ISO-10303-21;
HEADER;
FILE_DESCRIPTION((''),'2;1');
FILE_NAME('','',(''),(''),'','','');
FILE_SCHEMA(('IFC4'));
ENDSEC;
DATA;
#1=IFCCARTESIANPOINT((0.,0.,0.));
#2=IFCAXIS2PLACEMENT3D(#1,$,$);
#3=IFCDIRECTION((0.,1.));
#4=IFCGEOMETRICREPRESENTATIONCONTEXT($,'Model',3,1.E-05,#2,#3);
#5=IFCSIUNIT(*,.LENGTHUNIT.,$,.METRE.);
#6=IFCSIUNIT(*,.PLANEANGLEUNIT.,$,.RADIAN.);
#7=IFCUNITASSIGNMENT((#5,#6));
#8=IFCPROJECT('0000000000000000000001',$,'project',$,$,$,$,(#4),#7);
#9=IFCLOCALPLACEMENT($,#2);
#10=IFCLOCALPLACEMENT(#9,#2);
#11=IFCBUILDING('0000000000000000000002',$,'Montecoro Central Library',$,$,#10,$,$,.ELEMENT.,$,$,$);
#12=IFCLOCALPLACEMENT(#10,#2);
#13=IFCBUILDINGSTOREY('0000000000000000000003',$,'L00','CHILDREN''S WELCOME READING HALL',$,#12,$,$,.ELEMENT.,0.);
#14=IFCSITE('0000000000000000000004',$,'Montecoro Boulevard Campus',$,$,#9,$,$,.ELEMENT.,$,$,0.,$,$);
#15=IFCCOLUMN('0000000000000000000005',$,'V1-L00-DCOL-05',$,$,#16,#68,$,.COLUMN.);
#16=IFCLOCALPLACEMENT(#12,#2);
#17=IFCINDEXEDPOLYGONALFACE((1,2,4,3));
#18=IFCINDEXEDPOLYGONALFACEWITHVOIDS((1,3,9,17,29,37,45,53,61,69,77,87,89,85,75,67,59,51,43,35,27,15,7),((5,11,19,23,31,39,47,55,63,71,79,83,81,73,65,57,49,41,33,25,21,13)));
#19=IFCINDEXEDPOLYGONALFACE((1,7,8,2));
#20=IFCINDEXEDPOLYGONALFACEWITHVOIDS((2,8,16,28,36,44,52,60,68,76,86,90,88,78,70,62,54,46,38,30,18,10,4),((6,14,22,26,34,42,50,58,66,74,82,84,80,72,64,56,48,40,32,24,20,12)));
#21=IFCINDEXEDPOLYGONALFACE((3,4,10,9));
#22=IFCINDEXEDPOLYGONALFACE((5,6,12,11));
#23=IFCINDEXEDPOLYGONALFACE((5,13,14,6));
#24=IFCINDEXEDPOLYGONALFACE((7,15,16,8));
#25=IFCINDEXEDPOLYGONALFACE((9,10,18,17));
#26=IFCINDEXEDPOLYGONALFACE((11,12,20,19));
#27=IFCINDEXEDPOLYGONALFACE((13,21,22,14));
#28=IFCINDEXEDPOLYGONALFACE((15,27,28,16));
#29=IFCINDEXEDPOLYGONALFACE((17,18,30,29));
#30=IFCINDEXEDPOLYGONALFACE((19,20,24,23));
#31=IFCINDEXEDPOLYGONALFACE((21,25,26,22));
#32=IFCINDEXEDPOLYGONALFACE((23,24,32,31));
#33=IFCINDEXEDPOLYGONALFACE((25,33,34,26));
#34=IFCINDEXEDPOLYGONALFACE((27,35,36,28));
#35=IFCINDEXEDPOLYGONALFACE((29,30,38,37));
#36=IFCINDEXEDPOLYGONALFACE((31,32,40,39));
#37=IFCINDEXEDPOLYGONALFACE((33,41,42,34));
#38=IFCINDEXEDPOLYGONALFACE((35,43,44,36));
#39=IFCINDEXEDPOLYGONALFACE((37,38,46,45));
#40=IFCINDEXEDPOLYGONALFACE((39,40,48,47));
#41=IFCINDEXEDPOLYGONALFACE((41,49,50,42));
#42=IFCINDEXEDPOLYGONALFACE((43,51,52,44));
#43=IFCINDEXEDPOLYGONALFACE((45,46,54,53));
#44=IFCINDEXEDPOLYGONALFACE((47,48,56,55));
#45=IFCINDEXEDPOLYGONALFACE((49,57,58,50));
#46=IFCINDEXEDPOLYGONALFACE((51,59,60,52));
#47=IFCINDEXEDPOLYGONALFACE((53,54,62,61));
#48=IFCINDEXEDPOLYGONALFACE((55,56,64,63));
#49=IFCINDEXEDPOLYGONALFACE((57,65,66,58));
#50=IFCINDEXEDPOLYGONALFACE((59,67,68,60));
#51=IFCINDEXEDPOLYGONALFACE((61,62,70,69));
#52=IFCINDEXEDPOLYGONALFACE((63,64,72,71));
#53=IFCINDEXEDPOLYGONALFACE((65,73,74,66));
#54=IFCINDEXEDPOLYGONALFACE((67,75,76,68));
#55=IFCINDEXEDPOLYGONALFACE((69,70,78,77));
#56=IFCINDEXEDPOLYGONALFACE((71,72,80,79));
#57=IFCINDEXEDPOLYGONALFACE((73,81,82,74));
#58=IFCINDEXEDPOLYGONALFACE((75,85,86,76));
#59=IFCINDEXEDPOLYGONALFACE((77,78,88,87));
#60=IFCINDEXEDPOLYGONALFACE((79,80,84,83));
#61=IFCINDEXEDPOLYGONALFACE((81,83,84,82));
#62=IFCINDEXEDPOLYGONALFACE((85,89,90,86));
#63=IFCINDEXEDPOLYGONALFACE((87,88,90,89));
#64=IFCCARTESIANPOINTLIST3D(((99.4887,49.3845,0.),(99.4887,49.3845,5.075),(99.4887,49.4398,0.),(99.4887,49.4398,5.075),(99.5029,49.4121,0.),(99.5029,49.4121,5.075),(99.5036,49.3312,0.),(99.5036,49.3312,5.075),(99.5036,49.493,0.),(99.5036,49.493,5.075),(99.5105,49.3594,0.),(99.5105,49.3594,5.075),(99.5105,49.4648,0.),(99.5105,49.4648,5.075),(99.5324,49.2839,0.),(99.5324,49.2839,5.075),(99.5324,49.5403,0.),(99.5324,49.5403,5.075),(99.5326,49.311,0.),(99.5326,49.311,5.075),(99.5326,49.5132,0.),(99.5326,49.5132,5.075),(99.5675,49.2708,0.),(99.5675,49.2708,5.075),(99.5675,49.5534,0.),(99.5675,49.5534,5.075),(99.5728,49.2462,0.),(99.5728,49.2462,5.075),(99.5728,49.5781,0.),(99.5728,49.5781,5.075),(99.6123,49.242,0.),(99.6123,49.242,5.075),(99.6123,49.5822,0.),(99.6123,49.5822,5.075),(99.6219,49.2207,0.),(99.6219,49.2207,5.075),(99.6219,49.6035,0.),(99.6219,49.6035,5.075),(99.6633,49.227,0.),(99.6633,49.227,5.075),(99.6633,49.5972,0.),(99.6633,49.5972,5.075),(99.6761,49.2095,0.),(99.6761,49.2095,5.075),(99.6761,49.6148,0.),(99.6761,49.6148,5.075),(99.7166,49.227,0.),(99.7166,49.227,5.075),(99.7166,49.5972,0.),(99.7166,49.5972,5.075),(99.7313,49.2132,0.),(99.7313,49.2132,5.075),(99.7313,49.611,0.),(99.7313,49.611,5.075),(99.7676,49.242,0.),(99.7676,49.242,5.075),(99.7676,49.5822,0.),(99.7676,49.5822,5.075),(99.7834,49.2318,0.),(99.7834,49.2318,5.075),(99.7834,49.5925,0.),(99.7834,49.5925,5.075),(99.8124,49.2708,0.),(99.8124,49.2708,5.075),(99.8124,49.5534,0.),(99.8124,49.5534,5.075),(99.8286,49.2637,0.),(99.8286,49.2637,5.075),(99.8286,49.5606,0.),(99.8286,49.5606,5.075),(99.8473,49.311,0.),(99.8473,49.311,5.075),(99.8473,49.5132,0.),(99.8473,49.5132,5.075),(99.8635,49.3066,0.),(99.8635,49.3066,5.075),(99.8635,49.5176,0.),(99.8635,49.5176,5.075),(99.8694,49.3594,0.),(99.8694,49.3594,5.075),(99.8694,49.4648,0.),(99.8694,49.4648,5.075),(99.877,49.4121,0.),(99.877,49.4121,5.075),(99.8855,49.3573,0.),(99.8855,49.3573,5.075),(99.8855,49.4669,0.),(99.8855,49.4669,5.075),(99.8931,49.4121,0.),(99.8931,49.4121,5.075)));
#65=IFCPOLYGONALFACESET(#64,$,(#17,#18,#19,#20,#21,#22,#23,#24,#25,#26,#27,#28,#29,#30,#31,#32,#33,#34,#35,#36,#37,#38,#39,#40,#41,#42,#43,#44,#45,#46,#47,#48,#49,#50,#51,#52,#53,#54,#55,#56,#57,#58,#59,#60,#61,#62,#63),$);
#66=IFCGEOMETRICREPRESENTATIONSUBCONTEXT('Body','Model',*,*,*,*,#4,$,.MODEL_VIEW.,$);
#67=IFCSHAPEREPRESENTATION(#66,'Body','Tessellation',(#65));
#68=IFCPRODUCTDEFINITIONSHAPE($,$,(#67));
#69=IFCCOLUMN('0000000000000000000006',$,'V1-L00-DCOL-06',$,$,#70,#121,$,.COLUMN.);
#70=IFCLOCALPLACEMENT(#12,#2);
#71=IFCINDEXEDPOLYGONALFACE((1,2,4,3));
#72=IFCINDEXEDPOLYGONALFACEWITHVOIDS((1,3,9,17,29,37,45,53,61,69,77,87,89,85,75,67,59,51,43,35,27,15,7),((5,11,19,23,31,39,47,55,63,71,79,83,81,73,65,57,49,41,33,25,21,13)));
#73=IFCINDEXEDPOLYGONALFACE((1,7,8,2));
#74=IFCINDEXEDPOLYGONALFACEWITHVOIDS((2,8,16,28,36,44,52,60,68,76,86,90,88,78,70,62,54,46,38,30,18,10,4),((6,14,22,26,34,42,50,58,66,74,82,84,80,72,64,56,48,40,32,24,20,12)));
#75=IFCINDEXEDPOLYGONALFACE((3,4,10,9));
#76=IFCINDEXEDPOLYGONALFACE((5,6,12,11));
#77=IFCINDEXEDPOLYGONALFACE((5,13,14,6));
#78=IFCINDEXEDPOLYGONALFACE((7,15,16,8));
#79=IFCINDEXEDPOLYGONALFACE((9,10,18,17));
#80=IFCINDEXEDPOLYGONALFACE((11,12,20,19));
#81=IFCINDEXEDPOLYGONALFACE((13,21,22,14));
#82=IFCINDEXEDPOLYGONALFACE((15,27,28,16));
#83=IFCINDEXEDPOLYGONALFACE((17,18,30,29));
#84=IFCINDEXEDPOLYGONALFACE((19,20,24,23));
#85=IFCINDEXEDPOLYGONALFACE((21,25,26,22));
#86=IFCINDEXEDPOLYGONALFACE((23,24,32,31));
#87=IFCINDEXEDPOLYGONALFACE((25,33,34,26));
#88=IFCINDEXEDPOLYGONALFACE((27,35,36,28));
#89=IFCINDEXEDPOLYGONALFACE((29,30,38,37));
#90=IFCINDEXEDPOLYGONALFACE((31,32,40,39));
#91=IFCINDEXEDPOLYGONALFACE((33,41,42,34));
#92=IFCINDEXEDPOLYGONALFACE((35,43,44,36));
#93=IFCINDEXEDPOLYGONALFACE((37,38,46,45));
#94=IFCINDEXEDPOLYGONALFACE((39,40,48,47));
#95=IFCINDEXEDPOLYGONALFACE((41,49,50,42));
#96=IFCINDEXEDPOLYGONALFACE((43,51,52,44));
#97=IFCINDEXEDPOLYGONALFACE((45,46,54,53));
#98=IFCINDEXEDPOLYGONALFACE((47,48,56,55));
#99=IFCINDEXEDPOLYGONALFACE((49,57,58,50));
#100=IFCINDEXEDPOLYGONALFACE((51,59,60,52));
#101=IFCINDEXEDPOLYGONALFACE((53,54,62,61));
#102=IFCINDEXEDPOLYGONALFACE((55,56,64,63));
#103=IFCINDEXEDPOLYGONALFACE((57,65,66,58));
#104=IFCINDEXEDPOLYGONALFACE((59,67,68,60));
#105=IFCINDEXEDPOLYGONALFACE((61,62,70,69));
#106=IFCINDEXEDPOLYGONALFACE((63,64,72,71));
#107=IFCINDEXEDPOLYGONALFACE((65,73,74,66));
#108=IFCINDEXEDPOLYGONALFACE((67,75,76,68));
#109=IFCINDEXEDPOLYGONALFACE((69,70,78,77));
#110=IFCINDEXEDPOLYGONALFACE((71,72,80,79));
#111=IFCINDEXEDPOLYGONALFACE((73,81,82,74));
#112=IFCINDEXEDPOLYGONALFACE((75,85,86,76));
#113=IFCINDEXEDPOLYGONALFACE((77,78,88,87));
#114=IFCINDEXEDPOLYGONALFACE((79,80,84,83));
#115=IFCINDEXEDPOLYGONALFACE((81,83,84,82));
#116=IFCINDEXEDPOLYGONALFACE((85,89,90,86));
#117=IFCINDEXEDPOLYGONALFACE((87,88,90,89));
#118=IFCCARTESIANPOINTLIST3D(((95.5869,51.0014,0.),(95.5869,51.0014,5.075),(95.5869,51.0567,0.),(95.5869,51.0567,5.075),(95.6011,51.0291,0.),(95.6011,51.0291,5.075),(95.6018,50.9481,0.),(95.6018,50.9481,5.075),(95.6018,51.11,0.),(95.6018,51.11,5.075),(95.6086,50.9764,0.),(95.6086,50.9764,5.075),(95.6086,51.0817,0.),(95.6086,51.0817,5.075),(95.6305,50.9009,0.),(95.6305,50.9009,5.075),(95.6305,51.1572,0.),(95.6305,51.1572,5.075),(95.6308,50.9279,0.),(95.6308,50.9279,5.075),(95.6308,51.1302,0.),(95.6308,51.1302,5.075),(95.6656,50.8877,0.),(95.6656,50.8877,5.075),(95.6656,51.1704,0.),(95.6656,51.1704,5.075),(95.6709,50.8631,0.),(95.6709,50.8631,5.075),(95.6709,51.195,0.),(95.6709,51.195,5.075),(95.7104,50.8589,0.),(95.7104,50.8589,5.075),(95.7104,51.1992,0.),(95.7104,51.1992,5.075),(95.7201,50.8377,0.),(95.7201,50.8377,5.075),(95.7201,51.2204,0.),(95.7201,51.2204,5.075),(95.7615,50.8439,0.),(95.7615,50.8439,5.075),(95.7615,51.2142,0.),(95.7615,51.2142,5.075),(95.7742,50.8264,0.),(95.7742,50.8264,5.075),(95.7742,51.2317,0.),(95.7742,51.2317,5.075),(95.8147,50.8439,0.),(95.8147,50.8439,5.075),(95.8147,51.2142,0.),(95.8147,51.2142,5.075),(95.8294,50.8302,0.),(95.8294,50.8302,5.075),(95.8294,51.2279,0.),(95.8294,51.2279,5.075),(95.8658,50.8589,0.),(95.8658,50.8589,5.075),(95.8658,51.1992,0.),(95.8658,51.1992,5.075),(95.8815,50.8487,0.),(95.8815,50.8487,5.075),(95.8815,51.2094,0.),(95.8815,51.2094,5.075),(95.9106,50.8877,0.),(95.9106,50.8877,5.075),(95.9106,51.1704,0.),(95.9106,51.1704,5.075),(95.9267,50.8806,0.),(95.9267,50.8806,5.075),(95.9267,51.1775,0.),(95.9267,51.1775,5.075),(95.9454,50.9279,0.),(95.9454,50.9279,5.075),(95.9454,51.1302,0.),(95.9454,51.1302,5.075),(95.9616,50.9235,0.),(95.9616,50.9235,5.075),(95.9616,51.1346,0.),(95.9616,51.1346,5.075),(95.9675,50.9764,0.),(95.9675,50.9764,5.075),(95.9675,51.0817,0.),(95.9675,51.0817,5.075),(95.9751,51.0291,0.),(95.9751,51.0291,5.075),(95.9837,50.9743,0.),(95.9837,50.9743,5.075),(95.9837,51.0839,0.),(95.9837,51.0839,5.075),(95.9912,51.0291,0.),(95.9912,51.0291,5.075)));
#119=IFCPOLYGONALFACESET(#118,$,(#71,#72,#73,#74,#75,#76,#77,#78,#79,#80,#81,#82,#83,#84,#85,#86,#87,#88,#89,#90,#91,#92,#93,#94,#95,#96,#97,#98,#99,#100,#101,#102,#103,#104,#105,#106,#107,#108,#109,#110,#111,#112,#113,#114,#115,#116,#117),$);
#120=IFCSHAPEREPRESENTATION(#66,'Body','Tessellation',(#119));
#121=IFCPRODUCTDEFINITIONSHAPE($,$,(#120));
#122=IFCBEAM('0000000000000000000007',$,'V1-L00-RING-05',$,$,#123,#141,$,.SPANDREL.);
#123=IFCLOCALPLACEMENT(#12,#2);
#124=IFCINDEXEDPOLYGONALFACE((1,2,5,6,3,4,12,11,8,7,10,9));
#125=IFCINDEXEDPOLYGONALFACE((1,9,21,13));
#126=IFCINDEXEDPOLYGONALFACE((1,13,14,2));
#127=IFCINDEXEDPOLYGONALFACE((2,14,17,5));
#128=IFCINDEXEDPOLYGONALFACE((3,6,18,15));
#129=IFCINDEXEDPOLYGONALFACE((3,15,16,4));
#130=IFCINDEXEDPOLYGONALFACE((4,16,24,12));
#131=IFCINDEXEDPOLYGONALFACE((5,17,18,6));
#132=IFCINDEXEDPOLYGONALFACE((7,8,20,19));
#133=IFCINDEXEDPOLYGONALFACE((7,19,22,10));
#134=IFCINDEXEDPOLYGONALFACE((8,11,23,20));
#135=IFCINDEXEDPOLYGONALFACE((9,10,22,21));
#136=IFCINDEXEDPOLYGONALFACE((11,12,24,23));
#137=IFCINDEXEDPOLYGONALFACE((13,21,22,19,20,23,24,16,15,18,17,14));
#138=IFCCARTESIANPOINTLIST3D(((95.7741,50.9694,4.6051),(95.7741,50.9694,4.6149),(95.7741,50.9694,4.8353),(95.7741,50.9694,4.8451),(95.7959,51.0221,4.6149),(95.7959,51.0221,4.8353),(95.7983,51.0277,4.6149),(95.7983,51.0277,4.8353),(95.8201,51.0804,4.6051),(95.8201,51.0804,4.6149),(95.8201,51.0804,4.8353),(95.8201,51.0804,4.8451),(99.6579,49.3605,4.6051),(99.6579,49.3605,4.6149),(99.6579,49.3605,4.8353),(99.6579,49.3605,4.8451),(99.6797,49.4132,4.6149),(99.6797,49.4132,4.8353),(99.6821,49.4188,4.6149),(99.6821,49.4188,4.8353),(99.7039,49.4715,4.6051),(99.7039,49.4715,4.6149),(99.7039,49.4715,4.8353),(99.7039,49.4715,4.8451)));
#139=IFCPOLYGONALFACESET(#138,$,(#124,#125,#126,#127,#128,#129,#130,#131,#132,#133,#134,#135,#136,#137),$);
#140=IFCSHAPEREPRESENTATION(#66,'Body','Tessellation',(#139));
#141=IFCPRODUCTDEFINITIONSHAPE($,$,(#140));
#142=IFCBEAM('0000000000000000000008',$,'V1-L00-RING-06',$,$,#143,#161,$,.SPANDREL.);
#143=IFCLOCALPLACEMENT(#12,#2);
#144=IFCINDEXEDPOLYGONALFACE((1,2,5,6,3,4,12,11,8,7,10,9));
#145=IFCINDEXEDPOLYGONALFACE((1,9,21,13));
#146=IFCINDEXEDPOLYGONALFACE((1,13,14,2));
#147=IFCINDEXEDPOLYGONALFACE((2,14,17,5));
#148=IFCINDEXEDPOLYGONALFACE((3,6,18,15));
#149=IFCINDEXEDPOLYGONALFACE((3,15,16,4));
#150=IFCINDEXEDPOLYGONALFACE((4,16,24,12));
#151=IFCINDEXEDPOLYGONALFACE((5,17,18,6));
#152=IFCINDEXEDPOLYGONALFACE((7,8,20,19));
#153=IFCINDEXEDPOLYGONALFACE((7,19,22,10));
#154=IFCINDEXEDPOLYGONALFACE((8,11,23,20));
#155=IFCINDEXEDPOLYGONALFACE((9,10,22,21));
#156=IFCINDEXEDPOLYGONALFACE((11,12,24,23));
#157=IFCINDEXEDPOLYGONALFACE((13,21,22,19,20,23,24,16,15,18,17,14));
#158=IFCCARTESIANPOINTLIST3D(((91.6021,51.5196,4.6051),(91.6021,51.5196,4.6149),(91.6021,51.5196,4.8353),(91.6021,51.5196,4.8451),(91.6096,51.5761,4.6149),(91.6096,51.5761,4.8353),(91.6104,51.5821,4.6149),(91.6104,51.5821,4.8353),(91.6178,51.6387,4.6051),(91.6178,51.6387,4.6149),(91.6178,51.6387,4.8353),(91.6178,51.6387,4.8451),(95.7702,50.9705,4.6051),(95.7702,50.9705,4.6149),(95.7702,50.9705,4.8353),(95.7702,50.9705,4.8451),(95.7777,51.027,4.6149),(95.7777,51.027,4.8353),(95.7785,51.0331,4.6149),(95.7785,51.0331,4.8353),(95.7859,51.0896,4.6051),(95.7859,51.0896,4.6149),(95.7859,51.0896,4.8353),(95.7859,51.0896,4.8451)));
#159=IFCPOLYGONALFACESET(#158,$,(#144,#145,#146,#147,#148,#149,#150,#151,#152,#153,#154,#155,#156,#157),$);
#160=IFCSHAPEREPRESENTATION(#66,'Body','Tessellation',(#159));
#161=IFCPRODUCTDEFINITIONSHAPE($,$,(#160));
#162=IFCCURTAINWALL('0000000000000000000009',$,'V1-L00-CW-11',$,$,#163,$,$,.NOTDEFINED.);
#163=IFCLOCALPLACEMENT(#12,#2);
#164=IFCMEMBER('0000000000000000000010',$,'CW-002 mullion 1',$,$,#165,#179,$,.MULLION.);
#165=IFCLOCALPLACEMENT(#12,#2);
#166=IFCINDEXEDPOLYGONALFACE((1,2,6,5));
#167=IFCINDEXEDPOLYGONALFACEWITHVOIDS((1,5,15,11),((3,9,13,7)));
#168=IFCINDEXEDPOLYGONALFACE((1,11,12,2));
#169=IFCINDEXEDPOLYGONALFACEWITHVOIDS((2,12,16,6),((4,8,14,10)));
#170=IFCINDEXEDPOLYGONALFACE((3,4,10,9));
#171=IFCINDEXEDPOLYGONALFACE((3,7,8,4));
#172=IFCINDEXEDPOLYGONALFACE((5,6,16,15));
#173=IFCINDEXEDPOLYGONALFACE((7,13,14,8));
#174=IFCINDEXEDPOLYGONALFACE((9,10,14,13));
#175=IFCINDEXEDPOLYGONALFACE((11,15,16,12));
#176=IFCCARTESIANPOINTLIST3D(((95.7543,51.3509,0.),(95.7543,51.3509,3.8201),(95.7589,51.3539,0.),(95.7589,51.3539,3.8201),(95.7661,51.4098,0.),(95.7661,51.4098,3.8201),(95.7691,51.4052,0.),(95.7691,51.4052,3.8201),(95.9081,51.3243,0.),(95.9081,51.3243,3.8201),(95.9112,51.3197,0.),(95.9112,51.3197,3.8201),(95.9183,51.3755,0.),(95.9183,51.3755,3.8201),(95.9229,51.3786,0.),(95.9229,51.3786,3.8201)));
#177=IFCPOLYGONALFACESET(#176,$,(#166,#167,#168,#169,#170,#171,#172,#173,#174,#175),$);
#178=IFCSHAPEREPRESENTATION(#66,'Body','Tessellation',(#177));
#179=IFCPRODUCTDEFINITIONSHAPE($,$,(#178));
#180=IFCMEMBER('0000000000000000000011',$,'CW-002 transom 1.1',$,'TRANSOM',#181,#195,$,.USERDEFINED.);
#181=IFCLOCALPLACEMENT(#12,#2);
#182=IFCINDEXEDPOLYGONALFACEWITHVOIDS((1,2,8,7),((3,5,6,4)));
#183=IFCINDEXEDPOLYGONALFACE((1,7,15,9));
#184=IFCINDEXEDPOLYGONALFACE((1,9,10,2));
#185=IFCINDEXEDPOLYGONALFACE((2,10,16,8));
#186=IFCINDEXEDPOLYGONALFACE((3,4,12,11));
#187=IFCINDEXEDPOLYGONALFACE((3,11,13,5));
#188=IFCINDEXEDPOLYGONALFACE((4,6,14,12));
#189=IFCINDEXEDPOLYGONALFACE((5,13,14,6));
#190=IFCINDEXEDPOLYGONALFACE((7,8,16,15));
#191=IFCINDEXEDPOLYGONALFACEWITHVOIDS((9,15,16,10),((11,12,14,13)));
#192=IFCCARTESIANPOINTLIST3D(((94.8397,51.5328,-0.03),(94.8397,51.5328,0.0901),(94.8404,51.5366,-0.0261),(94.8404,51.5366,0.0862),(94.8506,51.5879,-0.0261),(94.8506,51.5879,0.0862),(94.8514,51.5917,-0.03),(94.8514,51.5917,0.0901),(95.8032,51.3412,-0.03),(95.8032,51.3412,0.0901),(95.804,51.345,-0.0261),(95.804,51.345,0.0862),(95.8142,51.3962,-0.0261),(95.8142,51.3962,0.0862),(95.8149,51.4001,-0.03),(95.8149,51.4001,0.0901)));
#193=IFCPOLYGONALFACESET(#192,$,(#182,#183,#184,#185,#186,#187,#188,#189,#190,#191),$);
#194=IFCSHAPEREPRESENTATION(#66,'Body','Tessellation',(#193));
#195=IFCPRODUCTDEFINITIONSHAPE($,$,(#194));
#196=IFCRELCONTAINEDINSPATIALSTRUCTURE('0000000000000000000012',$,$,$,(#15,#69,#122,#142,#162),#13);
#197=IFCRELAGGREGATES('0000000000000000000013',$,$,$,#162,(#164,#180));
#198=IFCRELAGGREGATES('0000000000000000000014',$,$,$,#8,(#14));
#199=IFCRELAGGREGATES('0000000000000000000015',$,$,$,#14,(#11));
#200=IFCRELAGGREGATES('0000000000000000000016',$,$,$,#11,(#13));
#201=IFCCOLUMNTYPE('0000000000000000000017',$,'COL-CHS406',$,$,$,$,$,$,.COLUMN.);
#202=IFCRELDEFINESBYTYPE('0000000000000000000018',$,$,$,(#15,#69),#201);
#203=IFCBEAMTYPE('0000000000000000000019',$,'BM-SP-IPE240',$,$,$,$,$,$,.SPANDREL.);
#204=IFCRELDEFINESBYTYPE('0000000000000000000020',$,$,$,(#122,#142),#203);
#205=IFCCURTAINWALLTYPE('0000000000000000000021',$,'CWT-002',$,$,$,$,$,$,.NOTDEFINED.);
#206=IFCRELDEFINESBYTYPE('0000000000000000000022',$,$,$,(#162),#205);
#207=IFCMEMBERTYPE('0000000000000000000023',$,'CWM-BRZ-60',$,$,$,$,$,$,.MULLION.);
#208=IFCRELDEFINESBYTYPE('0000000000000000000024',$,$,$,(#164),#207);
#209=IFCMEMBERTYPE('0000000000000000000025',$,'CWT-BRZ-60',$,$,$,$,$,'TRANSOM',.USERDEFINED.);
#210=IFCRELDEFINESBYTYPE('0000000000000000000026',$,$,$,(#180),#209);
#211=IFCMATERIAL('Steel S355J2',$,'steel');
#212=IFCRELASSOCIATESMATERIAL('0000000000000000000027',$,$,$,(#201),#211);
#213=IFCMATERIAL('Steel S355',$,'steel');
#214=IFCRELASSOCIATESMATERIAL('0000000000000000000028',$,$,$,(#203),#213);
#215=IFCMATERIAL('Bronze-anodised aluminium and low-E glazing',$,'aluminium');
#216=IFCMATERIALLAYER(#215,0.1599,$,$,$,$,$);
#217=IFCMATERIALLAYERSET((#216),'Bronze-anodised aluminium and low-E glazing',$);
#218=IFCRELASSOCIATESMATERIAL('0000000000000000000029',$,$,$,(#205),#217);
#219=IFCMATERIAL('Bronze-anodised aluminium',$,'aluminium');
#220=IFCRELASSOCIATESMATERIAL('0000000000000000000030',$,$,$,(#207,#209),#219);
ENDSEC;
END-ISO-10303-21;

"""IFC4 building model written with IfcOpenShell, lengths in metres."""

from ifc_helpers import new_model, si_unit, direction, frame, origin, origin_2d, place, context, subcontext, project, spatial, hollow_rectangle, hollow_circle, i_section, extrude, material, layer, layer_set, material_profile, profile_set, type_object, element, aggregate, save


model = new_model("IFC4")

# Units and contexts
model_context = context("Model", 3, precision=1e-05, world=origin(), true_north=direction((0.0, 1.0)))
body_context = subcontext(model_context, "Body", "Model", "MODEL_VIEW")
ifc_project = project(units=[si_unit("LENGTHUNIT", "METRE"), si_unit("PLANEANGLEUNIT", "RADIAN")], contexts=[model_context])

# Site, building, storey
site_placement = place(None, origin())
site = spatial("IfcSite", under=ifc_project, at=site_placement, Name="Montecoro Boulevard Campus", CompositionType="ELEMENT", RefElevation=0.0)
building_placement = place(site_placement, origin())
building = spatial("IfcBuilding", under=site, at=building_placement, Name="Montecoro Central Library", CompositionType="ELEMENT")
storey_placement = place(building_placement, origin())
storey = spatial("IfcBuildingStorey", under=building, at=storey_placement, Name="L00", Description="CHILDREN'S WELCOME READING HALL", CompositionType="ELEMENT", Elevation=0.0)

# Columns
ifc_material_1 = material(Name="Steel S355J2", Category="steel")
ifc_material_profile_1 = material_profile(ifc_material_1, hollow_circle(Radius=0.2031, WallThickness=0.0161, at=origin_2d()), Name="CHS 406.4x16.0")
ifc_profile_set_1 = profile_set([ifc_material_profile_1], Name="Steel S355J2")
column_type = type_object("IfcColumnType", Name="COL-CHS406", PredefinedType="COLUMN", material=ifc_profile_set_1)
for number, where, z_axis, x_axis, name in (
    (1, (99.6899, 49.4121, 0.0), (0.0, 0.0, 1.0), (1.0, 0.0, 0.0), "V1-L00-DCOL-05"),
    (2, (95.7881, 51.0291, 0.0), (0.0, 0.0, 1.0), (1.0, 0.0, 0.0), "V1-L00-DCOL-06"),
):
    element("IfcColumn", number, at=place(storey_placement, frame(where, z_axis=z_axis, x_axis=x_axis)), inside=storey, type_object=column_type, Name=name, PredefinedType="COLUMN", context=body_context, shape_type="SweptSolid", body=[
        extrude(hollow_circle(Radius=0.2031, WallThickness=0.0161, at=origin_2d()), origin(), (0.0, 0.0, 1.0), 5.075),
    ])

# Beams
ifc_material_2 = material(Name="Steel S355", Category="steel")
ifc_material_profile_2 = material_profile(ifc_material_2, i_section(OverallWidth=0.1201, OverallDepth=0.24, WebThickness=0.0061, FlangeThickness=0.0098, at=origin_2d()), Name="IPE 240")
ifc_profile_set_2 = profile_set([ifc_material_profile_2], Name="Steel S355")
beam_type = type_object("IfcBeamType", Name="BM-SP-IPE240", PredefinedType="SPANDREL", material=ifc_profile_set_2)
beam_1_placement = place(storey_placement, frame((99.6809, 49.416, 4.7251), z_axis=(-0.923865, 0.382718, 0.0), x_axis=(-0.382718, -0.923865, 0.0)))
element("IfcBeam", 3, at=beam_1_placement, inside=storey, type_object=beam_type, Name="V1-L00-RING-05", PredefinedType="SPANDREL", context=body_context, shape_type="SweptSolid", body=[
    extrude(i_section(OverallWidth=0.1201, OverallDepth=0.24, WebThickness=0.0061, FlangeThickness=0.0098, at=origin_2d()), origin(), (0.0, 0.0, 1.0), 4.2039),
])
beam_2_placement = place(storey_placement, frame((95.7781, 51.03, 4.7251), z_axis=(-0.991434, 0.130608, 0.0), x_axis=(-0.130608, -0.991434, 0.0)))
element("IfcBeam", 4, at=beam_2_placement, inside=storey, type_object=beam_type, Name="V1-L00-RING-06", PredefinedType="SPANDREL", context=body_context, shape_type="SweptSolid", body=[
    extrude(i_section(OverallWidth=0.1201, OverallDepth=0.24, WebThickness=0.0061, FlangeThickness=0.0098, at=origin_2d()), origin(), (0.0, 0.0, 1.0), 4.2041),
])

# Curtain wall, members
ifc_material_3 = material(Name="Bronze-anodised aluminium and low-E glazing", Category="aluminium")
ifc_layer_1 = layer(ifc_material_3, 0.1599)
ifc_layer_set_1 = layer_set([ifc_layer_1], Name="Bronze-anodised aluminium and low-E glazing")
curtain_wall_type = type_object("IfcCurtainWallType", Name="CWT-002", PredefinedType="NOTDEFINED", material=ifc_layer_set_1)
curtain_wall_placement = place(storey_placement, origin())
curtain_wall = element("IfcCurtainWall", 5, at=curtain_wall_placement, inside=storey, type_object=curtain_wall_type, Name="V1-L00-CW-11", PredefinedType="NOTDEFINED")
ifc_material_4 = material(Name="Bronze-anodised aluminium", Category="aluminium")
ifc_material_profile_3 = material_profile(ifc_material_4, hollow_rectangle(XDim=0.0601, YDim=0.1599, WallThickness=0.0039, at=origin_2d()), Name="CWM 160x60x4.0")
ifc_profile_set_3 = profile_set([ifc_material_profile_3], Name="Bronze-anodised aluminium")
member_type_1 = type_object("IfcMemberType", Name="CWM-BRZ-60", PredefinedType="MULLION", material=ifc_profile_set_3)
member_1_placement = place(storey_placement, frame((95.8386, 51.3647, 0.0), z_axis=(0.0, 0.0, 1.0), x_axis=(-0.194861, -0.980831, 0.0)))
member_1 = element("IfcMember", 6, at=member_1_placement, type_object=member_type_1, Name="CW-002 mullion 1", PredefinedType="MULLION", context=body_context, shape_type="SweptSolid", body=[
    extrude(hollow_rectangle(XDim=0.0601, YDim=0.1599, WallThickness=0.0039, at=origin_2d()), origin(), (0.0, 0.0, 1.0), 3.8201),
])
ifc_material_profile_4 = material_profile(ifc_material_4, hollow_rectangle(XDim=0.0601, YDim=0.1201, WallThickness=0.0039, at=origin_2d()), Name="CWT 120x60x4.0")
ifc_profile_set_4 = profile_set([ifc_material_profile_4], Name="Bronze-anodised aluminium")
member_type_2 = type_object("IfcMemberType", Name="CWT-BRZ-60", ElementType="TRANSOM", PredefinedType="USERDEFINED", material=ifc_profile_set_4)
member_2_placement = place(storey_placement, frame((95.8091, 51.3706, 0.03), z_axis=(-0.98079, 0.195065, 0.0), x_axis=(-0.195065, -0.98079, 0.0)))
member_2 = element("IfcMember", 7, at=member_2_placement, type_object=member_type_2, Name="CW-002 transom 1.1", ObjectType="TRANSOM", PredefinedType="USERDEFINED", context=body_context, shape_type="SweptSolid", body=[
    extrude(hollow_rectangle(XDim=0.0601, YDim=0.1201, WallThickness=0.0039, at=origin_2d()), origin(), (0.0, 0.0, 1.0), 0.9824),
])
aggregate(curtain_wall, [member_1, member_2])

save(model, "model.ifc")
